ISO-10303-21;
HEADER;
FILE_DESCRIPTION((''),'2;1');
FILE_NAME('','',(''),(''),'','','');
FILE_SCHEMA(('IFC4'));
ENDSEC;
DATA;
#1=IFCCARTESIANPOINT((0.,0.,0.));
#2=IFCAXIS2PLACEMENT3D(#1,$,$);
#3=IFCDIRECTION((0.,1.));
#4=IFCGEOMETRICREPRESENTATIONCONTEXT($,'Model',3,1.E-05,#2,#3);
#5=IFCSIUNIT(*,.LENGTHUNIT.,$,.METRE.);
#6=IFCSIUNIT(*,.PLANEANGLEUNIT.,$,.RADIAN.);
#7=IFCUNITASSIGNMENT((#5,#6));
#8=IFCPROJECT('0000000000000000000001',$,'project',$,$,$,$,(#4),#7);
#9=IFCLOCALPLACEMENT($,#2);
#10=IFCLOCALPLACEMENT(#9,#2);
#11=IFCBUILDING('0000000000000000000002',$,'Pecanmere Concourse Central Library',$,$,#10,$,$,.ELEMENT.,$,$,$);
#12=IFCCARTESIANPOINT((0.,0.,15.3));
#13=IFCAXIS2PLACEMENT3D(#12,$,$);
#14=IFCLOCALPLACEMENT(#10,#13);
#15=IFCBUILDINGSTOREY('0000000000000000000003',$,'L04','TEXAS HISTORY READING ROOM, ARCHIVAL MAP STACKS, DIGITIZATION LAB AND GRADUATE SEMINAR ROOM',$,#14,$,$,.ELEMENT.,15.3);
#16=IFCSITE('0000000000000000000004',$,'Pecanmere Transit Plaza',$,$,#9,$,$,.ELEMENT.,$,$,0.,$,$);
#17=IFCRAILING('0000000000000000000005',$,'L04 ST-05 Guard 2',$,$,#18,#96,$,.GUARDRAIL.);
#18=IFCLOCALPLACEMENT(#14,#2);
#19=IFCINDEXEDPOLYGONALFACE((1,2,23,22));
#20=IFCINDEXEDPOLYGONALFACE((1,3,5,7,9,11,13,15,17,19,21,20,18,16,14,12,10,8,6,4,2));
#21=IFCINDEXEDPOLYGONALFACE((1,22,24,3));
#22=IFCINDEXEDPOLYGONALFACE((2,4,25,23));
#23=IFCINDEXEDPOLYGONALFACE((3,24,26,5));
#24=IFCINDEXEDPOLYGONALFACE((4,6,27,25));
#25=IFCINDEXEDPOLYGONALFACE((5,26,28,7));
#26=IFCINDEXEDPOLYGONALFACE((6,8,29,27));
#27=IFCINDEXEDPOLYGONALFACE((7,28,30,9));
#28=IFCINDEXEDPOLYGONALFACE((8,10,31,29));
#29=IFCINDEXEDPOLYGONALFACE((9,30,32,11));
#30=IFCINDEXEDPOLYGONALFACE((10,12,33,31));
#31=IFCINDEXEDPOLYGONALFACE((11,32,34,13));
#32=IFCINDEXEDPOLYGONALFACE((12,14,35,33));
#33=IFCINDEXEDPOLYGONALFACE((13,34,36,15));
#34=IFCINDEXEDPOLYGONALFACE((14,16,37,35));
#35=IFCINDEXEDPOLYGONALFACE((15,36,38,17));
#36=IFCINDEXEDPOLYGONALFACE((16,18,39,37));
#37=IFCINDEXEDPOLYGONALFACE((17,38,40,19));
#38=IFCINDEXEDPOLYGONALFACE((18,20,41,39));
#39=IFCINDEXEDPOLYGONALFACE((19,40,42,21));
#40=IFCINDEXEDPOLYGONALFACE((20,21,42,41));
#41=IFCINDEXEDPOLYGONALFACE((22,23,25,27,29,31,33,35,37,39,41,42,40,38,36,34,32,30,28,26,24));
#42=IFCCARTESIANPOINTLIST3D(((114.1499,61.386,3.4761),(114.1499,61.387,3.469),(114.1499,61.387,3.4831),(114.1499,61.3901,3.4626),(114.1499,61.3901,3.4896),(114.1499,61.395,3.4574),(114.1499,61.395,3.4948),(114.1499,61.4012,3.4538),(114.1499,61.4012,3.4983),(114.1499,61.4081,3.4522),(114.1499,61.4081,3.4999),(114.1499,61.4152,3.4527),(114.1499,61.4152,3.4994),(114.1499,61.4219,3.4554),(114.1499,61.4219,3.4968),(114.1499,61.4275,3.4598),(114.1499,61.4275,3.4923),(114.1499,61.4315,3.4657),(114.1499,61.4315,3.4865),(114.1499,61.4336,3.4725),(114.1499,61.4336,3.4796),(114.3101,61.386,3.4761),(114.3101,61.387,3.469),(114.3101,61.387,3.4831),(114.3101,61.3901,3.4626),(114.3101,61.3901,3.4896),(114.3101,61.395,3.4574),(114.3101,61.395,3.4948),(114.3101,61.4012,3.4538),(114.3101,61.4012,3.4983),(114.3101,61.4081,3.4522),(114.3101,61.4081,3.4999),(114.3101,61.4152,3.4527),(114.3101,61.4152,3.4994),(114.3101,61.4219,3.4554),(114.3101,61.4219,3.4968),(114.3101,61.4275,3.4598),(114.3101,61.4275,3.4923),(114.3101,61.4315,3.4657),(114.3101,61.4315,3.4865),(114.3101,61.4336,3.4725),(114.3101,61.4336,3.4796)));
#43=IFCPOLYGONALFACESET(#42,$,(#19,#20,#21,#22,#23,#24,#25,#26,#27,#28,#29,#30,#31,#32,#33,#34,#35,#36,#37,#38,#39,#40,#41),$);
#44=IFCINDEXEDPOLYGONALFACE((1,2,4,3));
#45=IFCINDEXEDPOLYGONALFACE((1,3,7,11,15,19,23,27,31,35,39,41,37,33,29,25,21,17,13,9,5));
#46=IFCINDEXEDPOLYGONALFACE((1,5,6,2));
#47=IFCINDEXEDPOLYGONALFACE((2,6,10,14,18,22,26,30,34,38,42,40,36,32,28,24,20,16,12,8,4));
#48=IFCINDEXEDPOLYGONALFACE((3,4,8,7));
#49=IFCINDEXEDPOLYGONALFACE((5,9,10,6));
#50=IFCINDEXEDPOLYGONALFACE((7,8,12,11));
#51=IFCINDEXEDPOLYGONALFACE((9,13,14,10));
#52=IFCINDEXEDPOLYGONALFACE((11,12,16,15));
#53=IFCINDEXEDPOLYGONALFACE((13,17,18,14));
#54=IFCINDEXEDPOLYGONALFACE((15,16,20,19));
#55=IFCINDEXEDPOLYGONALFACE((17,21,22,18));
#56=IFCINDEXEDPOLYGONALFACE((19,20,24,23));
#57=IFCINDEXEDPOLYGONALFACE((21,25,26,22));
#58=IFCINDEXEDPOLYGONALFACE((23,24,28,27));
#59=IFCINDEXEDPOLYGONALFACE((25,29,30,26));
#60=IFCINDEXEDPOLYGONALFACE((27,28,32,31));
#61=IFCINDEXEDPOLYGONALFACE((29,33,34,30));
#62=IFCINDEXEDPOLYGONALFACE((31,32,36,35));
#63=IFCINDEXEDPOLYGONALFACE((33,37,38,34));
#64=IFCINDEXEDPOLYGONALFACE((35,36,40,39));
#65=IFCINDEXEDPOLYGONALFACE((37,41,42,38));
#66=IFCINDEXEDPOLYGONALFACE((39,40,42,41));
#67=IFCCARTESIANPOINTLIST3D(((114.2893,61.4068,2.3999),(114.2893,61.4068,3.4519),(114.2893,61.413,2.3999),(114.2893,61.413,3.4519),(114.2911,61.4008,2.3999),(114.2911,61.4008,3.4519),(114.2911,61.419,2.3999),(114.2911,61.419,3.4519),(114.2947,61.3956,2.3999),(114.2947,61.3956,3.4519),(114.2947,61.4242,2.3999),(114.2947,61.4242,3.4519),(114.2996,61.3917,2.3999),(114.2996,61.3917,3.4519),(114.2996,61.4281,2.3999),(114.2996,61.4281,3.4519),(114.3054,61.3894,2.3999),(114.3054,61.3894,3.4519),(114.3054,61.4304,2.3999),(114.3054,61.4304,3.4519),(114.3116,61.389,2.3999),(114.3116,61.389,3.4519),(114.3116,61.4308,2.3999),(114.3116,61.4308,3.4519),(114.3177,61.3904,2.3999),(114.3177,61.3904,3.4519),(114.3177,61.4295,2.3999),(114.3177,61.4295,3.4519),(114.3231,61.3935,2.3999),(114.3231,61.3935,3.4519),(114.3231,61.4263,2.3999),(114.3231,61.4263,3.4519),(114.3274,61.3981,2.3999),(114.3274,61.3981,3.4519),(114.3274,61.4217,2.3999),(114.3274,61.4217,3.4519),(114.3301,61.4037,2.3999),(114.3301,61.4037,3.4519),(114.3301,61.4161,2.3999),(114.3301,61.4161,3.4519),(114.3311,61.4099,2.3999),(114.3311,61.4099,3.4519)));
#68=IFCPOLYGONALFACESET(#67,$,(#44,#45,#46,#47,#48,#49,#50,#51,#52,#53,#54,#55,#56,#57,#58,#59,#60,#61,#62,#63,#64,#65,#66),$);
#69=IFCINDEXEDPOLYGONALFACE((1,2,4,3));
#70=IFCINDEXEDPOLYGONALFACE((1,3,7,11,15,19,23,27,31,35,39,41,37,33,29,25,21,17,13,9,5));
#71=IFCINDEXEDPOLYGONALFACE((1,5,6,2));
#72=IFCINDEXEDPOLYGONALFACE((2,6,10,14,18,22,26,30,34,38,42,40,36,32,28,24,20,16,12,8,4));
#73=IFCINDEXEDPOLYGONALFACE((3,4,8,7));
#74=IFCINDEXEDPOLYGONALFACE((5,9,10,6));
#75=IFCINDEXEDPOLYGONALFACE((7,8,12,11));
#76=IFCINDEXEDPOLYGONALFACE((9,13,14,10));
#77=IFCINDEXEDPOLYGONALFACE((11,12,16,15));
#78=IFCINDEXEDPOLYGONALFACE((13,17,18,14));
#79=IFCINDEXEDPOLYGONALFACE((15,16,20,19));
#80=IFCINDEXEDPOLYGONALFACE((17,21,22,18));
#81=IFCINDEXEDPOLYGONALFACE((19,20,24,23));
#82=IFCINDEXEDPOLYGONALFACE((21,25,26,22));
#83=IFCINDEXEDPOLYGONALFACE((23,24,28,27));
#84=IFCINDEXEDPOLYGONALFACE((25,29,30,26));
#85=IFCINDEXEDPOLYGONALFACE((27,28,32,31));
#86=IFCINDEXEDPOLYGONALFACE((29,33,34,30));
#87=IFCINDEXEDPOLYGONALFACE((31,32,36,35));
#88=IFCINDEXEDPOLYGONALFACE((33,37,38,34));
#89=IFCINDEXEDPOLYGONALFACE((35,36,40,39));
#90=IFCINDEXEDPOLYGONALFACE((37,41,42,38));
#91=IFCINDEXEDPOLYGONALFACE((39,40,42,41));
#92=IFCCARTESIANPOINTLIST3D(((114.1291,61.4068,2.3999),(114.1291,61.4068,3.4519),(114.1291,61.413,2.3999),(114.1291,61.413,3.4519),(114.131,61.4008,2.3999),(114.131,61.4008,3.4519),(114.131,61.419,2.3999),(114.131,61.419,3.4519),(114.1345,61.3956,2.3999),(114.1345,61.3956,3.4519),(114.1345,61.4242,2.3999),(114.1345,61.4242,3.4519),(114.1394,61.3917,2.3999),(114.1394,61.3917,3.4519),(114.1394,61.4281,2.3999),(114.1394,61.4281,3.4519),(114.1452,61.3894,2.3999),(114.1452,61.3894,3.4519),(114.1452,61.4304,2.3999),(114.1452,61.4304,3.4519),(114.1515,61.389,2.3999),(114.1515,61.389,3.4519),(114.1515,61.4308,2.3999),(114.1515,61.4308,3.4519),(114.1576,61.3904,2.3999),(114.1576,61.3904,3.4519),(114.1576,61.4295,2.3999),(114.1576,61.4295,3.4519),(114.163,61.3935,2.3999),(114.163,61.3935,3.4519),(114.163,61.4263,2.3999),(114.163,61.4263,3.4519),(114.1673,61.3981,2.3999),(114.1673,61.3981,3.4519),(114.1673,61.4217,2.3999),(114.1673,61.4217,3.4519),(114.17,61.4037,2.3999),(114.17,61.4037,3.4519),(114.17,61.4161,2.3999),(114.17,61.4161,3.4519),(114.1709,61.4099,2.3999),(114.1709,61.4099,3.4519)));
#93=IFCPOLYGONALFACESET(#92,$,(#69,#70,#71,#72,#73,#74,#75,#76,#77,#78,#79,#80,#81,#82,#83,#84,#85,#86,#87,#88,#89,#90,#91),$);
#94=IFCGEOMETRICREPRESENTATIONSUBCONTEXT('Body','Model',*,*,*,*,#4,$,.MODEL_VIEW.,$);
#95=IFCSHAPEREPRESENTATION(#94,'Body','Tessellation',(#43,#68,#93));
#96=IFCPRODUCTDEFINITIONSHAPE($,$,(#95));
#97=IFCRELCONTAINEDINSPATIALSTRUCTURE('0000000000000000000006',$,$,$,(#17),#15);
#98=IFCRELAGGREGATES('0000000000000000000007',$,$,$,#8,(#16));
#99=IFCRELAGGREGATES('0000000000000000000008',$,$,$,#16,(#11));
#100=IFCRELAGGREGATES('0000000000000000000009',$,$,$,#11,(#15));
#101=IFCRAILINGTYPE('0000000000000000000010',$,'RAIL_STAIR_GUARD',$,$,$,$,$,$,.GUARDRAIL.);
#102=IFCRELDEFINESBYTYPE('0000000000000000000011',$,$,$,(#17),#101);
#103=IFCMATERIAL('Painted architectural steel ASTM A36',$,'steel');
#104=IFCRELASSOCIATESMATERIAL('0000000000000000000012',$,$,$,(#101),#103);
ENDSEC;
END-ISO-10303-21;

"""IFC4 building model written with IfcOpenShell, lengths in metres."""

from ifc_helpers import new_model, si_unit, direction, frame, origin, origin_2d, place, context, subcontext, project, spatial, circle, extrude, material, type_object, element, save


model = new_model("IFC4")

# Units and contexts
model_context = context("Model", 3, precision=1e-05, world=origin(), true_north=direction((0.0, 1.0)))
body_context = subcontext(model_context, "Body", "Model", "MODEL_VIEW")
ifc_project = project(units=[si_unit("LENGTHUNIT", "METRE"), si_unit("PLANEANGLEUNIT", "RADIAN")], contexts=[model_context])

# Site, building, storey
site_placement = place(None, origin())
site = spatial("IfcSite", under=ifc_project, at=site_placement, Name="Pecanmere Transit Plaza", CompositionType="ELEMENT", RefElevation=0.0)
building_placement = place(site_placement, origin())
building = spatial("IfcBuilding", under=site, at=building_placement, Name="Pecanmere Concourse Central Library", CompositionType="ELEMENT")
storey_placement = place(building_placement, frame((0.0, 0.0, 15.3)))
storey = spatial("IfcBuildingStorey", under=building, at=storey_placement, Name="L04", Description="TEXAS HISTORY READING ROOM, ARCHIVAL MAP STACKS, DIGITIZATION LAB AND GRADUATE SEMINAR ROOM", CompositionType="ELEMENT", Elevation=15.3)

# Railing
ifc_material_1 = material(Name="Painted architectural steel ASTM A36", Category="steel")
railing_type_1 = type_object("IfcRailingType", Name="RAIL_STAIR_GUARD", PredefinedType="GUARDRAIL", material=ifc_material_1)
railing_placement = place(storey_placement, frame((114.3101, 61.4099, 2.3999)))
element("IfcRailing", 1, at=railing_placement, inside=storey, type_object=railing_type_1, Name="L04 ST-05 Guard 2", PredefinedType="GUARDRAIL", context=body_context, shape_type="SweptSolid", body=[
    extrude(circle(Radius=0.0239, at=origin_2d()), frame((0.0, 0.0, 1.0762), z_axis=(-1.0, 0.0, 0.0), x_axis=(0.0, -1.0, 0.0)), (0.0, 0.0, 1.0), 0.1602),
    extrude(circle(Radius=0.021, at=origin_2d()), origin(), (0.0, 0.0, 1.0), 1.052),
    extrude(circle(Radius=0.021, at=origin_2d()), frame((-0.1602, 0.0, 0.0)), (0.0, 0.0, 1.0), 1.052),
])

save(model, "model.ifc")
